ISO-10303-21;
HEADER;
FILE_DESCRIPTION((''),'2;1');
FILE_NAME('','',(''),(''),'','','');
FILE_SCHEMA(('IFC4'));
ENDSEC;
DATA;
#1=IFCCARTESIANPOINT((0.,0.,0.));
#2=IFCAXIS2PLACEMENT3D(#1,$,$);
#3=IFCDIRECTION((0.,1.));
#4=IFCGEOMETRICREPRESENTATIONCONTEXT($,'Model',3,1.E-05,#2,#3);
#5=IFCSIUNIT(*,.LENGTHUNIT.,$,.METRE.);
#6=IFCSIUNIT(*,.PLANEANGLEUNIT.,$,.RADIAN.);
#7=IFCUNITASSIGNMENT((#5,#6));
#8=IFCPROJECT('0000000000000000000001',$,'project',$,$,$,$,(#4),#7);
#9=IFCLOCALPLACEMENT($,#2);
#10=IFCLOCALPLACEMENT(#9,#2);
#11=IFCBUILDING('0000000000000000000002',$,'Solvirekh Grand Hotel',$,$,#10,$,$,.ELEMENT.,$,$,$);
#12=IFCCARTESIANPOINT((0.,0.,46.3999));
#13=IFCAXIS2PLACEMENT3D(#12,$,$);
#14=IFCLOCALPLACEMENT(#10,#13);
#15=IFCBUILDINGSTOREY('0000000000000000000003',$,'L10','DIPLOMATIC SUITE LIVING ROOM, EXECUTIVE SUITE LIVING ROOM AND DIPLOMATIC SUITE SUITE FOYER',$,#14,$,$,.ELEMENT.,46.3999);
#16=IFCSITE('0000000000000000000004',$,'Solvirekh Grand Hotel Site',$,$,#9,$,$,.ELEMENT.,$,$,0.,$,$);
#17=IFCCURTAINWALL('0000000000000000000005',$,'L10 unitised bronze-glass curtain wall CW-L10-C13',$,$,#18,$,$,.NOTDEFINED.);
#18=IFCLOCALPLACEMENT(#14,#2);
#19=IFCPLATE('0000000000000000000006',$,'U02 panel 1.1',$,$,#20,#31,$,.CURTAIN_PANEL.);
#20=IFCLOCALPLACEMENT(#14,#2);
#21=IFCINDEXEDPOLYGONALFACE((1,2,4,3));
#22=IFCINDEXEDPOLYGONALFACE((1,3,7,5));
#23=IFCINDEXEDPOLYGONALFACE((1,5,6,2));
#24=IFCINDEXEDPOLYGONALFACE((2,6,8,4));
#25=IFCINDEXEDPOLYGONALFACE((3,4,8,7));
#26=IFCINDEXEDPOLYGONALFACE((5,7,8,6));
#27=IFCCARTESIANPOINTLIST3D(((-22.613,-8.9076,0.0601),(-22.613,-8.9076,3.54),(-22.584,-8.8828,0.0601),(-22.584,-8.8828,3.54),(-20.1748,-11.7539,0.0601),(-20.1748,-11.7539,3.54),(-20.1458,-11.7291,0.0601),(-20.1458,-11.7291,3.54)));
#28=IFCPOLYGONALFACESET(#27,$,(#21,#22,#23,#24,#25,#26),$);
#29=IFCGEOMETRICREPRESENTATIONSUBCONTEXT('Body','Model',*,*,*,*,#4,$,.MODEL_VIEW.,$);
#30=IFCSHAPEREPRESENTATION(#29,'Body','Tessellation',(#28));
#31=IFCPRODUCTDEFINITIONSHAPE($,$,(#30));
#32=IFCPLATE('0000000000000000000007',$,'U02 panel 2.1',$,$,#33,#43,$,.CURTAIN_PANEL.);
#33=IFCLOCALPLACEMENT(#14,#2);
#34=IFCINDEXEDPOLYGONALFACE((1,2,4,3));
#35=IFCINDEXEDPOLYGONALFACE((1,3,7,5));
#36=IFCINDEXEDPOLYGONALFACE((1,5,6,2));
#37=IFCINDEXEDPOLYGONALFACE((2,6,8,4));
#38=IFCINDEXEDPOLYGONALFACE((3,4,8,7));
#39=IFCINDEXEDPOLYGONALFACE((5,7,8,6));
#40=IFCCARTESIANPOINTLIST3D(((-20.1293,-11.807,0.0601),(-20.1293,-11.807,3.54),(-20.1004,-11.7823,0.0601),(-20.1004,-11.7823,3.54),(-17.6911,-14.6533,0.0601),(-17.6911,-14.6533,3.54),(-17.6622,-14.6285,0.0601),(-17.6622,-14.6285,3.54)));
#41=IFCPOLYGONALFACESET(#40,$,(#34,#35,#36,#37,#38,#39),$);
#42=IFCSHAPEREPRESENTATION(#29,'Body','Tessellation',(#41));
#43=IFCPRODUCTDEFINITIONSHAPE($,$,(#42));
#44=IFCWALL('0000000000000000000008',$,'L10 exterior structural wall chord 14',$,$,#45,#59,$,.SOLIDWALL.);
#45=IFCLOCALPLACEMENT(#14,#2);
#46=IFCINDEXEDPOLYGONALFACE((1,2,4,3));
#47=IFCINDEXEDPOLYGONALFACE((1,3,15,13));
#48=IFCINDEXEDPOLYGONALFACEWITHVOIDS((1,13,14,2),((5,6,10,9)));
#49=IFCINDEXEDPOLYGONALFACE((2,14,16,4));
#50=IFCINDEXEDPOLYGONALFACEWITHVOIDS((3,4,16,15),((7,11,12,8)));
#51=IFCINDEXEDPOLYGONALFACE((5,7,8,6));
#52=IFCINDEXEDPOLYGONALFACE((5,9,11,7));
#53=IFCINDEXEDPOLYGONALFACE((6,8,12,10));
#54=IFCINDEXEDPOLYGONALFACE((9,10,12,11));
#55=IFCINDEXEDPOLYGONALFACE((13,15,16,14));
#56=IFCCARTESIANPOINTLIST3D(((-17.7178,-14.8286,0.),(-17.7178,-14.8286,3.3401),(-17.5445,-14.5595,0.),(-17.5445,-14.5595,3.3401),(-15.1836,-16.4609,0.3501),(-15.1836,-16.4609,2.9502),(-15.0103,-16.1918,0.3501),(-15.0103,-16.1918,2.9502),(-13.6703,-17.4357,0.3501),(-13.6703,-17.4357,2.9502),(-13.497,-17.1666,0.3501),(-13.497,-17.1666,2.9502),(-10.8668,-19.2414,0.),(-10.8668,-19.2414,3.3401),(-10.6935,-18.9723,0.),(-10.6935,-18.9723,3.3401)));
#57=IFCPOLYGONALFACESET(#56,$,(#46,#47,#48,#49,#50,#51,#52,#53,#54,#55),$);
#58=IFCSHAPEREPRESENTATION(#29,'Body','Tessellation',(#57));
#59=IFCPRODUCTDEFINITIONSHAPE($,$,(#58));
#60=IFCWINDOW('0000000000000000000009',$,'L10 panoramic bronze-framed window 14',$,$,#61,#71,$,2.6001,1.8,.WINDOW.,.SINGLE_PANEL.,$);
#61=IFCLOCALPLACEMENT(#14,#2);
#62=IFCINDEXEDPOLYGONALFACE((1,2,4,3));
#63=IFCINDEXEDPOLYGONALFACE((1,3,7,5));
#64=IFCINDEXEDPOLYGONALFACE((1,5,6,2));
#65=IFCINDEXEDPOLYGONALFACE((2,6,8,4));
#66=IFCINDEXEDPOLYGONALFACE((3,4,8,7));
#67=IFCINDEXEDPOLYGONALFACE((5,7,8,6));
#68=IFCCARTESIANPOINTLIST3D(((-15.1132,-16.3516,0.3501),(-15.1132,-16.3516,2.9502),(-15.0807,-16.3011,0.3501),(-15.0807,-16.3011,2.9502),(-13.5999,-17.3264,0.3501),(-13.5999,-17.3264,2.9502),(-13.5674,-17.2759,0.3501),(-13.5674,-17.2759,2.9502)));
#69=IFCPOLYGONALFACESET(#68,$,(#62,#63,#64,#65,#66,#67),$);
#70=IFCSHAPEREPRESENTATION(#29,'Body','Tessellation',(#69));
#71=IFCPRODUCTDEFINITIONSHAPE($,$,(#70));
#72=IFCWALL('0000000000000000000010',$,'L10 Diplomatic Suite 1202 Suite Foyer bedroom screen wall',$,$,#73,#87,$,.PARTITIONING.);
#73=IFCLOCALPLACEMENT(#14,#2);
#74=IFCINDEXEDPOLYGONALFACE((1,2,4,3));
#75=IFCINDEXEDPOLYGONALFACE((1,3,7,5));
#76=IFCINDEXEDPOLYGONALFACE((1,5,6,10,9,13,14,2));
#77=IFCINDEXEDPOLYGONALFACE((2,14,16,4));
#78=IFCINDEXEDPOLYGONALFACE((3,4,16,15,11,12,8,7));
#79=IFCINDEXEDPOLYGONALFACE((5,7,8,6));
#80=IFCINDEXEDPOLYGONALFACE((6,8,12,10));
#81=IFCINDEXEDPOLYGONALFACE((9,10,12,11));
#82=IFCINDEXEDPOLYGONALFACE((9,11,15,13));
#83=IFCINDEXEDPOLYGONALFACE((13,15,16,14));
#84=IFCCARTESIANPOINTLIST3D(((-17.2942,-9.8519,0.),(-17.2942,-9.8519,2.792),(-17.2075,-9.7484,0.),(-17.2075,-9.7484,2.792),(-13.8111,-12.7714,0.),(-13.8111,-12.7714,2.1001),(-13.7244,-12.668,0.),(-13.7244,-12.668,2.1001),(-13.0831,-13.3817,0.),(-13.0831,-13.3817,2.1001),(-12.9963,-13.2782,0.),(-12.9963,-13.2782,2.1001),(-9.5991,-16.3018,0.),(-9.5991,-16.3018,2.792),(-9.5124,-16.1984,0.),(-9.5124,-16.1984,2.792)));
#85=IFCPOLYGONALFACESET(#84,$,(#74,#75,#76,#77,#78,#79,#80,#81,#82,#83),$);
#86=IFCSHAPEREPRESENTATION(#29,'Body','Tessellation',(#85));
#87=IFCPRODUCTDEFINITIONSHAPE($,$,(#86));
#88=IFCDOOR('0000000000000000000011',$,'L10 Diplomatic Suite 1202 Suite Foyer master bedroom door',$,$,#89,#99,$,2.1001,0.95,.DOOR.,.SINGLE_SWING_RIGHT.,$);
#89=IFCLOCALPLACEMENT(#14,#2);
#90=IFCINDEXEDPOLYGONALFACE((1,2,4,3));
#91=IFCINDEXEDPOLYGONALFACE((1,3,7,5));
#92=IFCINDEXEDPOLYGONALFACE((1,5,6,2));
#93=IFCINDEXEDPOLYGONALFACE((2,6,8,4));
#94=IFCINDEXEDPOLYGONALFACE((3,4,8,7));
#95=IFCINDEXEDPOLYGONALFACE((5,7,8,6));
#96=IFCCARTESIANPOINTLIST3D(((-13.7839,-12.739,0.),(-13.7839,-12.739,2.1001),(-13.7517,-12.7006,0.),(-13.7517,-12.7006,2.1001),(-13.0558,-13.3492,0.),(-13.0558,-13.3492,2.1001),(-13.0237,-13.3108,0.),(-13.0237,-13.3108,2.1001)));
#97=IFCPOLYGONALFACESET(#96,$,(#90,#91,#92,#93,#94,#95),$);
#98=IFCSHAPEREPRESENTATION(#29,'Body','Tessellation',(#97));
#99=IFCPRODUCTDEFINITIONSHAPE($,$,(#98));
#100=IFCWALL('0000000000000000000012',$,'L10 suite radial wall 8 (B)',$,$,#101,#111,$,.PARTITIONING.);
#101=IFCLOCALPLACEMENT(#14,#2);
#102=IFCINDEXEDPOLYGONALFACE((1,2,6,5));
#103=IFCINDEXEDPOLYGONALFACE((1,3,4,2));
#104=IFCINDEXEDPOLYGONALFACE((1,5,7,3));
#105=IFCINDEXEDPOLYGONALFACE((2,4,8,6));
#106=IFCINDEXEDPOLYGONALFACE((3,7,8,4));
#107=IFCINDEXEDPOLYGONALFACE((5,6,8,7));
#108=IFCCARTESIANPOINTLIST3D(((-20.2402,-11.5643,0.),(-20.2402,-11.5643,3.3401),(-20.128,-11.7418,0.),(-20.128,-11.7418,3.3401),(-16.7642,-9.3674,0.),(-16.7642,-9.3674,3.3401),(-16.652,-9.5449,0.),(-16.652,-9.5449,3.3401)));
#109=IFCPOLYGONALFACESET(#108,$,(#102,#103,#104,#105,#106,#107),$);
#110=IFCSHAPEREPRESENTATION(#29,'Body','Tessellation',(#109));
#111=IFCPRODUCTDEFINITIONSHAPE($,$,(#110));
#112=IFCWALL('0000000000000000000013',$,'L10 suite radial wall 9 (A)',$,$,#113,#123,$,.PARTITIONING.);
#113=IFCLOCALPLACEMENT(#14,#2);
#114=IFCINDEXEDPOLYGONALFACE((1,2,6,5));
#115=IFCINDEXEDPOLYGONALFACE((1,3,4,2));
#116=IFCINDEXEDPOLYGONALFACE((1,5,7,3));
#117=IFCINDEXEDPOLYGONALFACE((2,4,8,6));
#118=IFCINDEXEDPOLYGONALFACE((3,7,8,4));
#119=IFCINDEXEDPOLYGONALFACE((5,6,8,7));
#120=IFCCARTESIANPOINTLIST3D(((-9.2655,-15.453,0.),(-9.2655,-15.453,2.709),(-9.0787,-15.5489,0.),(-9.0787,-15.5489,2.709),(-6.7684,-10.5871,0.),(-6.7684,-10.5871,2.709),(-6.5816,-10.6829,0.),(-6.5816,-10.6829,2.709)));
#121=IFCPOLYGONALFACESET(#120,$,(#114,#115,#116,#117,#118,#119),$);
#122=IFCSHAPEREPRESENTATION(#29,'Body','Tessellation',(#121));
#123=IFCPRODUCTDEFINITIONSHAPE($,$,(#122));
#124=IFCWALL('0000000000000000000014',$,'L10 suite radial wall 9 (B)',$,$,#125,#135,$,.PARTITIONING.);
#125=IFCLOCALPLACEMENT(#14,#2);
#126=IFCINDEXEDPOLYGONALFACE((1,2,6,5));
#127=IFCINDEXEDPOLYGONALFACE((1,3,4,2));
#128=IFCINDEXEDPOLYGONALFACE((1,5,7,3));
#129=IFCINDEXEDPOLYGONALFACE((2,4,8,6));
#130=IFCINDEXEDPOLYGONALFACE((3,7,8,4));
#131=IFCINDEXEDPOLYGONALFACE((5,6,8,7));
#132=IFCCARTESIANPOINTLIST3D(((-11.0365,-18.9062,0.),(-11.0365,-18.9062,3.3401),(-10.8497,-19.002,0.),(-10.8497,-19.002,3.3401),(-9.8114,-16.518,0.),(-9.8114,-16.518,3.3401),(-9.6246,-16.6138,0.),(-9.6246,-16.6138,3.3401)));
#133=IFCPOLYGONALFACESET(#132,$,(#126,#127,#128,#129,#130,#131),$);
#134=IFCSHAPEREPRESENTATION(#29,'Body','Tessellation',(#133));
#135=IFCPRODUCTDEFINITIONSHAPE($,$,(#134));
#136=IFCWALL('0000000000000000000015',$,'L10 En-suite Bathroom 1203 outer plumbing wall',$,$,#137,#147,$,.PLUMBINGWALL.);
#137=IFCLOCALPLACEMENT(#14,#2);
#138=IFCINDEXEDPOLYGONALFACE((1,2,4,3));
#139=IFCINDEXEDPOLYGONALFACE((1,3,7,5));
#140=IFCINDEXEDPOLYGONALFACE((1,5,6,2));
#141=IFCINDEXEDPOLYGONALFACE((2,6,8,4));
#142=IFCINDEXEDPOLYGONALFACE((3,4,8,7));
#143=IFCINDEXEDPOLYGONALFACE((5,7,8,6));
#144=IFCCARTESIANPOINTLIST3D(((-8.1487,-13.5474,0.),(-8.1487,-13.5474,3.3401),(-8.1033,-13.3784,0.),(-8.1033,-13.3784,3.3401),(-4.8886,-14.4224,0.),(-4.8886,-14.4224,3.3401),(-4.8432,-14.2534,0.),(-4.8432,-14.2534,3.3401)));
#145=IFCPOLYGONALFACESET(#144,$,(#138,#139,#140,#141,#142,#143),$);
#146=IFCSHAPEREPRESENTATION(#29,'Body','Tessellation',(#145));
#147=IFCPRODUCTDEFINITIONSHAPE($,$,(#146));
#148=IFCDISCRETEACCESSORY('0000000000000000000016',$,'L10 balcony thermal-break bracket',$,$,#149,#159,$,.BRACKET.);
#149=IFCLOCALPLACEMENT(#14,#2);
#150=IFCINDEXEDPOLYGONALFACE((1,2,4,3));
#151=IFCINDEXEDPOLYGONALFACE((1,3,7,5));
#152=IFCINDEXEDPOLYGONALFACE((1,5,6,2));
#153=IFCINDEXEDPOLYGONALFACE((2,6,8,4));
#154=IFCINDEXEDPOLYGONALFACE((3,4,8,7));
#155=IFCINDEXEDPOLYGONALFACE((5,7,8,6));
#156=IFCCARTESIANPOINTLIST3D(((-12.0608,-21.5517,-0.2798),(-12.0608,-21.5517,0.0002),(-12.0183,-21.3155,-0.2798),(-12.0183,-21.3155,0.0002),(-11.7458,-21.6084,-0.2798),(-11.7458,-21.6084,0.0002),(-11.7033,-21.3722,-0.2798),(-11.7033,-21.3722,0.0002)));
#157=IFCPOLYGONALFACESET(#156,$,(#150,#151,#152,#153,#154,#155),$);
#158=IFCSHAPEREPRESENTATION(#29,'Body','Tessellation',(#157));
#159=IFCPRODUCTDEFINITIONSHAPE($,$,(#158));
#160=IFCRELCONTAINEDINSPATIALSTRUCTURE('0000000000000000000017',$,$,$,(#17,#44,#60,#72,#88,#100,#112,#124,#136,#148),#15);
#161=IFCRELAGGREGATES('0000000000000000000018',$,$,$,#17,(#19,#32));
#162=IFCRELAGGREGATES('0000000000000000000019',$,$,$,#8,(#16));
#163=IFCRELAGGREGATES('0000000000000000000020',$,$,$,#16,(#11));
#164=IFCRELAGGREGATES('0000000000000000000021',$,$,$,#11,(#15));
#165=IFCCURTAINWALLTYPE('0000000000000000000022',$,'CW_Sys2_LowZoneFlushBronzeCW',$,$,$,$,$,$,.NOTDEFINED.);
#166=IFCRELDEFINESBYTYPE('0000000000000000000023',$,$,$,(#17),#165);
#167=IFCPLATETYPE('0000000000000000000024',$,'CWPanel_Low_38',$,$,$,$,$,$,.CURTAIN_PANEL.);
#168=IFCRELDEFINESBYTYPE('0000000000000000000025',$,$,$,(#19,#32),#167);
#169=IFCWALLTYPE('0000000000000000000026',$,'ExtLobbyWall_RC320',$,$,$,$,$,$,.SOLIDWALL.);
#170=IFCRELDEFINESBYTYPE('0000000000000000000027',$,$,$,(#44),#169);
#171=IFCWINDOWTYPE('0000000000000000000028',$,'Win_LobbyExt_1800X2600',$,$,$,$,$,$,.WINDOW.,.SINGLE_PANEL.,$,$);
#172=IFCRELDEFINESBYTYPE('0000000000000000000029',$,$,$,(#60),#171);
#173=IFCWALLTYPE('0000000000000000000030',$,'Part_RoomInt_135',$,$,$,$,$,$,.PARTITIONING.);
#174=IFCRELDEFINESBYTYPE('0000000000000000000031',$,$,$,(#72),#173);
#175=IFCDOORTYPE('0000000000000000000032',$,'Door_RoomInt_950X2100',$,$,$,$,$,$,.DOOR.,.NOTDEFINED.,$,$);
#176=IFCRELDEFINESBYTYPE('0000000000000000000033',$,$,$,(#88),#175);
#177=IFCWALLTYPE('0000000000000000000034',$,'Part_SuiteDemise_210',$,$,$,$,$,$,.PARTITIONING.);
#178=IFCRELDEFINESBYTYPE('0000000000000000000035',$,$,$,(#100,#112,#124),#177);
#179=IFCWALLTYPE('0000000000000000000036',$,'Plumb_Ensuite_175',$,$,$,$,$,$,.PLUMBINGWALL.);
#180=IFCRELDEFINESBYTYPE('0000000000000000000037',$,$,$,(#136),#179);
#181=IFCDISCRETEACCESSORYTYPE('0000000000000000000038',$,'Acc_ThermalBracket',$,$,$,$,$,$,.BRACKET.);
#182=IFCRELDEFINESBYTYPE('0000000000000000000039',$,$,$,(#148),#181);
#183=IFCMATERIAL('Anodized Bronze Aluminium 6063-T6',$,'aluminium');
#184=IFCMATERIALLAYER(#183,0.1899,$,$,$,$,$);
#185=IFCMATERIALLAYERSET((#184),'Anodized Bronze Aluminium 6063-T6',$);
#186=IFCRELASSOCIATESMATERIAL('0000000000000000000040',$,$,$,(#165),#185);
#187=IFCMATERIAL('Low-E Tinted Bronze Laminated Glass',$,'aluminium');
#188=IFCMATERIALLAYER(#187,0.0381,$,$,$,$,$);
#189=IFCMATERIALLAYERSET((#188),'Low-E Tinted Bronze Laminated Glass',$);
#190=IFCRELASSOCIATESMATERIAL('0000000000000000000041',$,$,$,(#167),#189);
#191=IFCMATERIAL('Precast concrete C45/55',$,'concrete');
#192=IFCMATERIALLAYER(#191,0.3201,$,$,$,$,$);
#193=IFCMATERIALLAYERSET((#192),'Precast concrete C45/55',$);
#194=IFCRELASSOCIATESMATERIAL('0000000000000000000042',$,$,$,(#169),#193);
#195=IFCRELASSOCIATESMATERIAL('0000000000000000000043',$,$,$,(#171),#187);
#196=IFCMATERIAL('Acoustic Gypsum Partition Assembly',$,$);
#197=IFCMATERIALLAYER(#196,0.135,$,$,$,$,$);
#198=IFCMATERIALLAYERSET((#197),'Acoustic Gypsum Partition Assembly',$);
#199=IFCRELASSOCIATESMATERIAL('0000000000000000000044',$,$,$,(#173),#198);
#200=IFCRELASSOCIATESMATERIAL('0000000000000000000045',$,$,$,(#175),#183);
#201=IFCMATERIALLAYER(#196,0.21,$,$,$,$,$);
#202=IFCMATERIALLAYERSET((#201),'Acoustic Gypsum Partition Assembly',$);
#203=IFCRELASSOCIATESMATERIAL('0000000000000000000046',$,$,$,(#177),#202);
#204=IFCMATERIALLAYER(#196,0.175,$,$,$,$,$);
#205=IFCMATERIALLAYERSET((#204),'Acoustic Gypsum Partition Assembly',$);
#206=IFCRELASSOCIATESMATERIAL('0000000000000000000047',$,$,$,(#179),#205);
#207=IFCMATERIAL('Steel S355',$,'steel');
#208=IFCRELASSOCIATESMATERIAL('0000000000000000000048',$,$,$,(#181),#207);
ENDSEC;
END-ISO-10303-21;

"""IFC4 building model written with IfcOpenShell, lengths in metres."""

from ifc_helpers import new_model, si_unit, direction, frame, frame_2d, origin, origin_2d, place, context, subcontext, project, spatial, rectangle, extrude, source, transform, mapped, material, layer, layer_set, type_object, element, fill, aggregate, save


model = new_model("IFC4")

# Units and contexts
model_context = context("Model", 3, precision=1e-05, world=origin(), true_north=direction((0.0, 1.0)))
body_context = subcontext(model_context, "Body", "Model", "MODEL_VIEW")
ifc_project = project(units=[si_unit("LENGTHUNIT", "METRE"), si_unit("PLANEANGLEUNIT", "RADIAN")], contexts=[model_context])

# Site, building, storey
site_placement = place(None, origin())
site = spatial("IfcSite", under=ifc_project, at=site_placement, Name="Solvirekh Grand Hotel Site", CompositionType="ELEMENT", RefElevation=0.0)
building_placement = place(site_placement, origin())
building = spatial("IfcBuilding", under=site, at=building_placement, Name="Solvirekh Grand Hotel", CompositionType="ELEMENT")
storey_placement = place(building_placement, frame((0.0, 0.0, 46.3999)))
storey = spatial("IfcBuildingStorey", under=building, at=storey_placement, Name="L10", Description="DIPLOMATIC SUITE LIVING ROOM, EXECUTIVE SUITE LIVING ROOM AND DIPLOMATIC SUITE SUITE FOYER", CompositionType="ELEMENT", Elevation=46.3999)

# Shared definitions
ifc_material_1 = material(Name="Steel S355", Category="steel")

# Curtain wall, plates
ifc_material_2 = material(Name="Anodized Bronze Aluminium 6063-T6", Category="aluminium")
ifc_layer_1 = layer(ifc_material_2, 0.1899)
ifc_layer_set_1 = layer_set([ifc_layer_1], Name="Anodized Bronze Aluminium 6063-T6")
curtain_wall_type = type_object("IfcCurtainWallType", Name="CW_Sys2_LowZoneFlushBronzeCW", PredefinedType="NOTDEFINED", material=ifc_layer_set_1)
curtain_wall_placement = place(storey_placement, origin())
curtain_wall = element("IfcCurtainWall", 1, at=curtain_wall_placement, inside=storey, type_object=curtain_wall_type, Name="L10 unitised bronze-glass curtain wall CW-L10-C13", PredefinedType="NOTDEFINED")
ifc_material_3 = material(Name="Low-E Tinted Bronze Laminated Glass", Category="aluminium")
ifc_layer_2 = layer(ifc_material_3, 0.0381)
ifc_layer_set_2 = layer_set([ifc_layer_2], Name="Low-E Tinted Bronze Laminated Glass")
plate_type = type_object("IfcPlateType", Name="CWPanel_Low_38", PredefinedType="CURTAIN_PANEL", material=ifc_layer_set_2)
shared_shape_1 = source(origin(), body_context, "Body", "SweptSolid", [
    extrude(rectangle(XDim=3.7478, YDim=0.0381, at=origin_2d()), origin(), (0.0, 0.0, 1.0), 3.48),
])
plate_1_placement = place(storey_placement, frame((-21.3794, -10.3184, 0.0601), z_axis=(0.0, 0.0, 1.0), x_axis=(0.650567, -0.759449, 0.0)))
plate_1 = element("IfcPlate", 2, at=plate_1_placement, type_object=plate_type, Name="U02 panel 1.1", PredefinedType="CURTAIN_PANEL", context=body_context, shape_type="MappedRepresentation", body=[
    mapped(shared_shape_1, transform((0.0, 0.0, 0.0), x_axis=(1.0, 0.0, 0.0), y_axis=(0.0, 1.0, 0.0), z_axis=(0.0, 0.0, 1.0), scale=1.0)),
])
plate_2_placement = place(storey_placement, frame((-18.8958, -13.2178, 0.0601), z_axis=(0.0, 0.0, 1.0), x_axis=(0.650567, -0.759449, 0.0)))
plate_2 = element("IfcPlate", 3, at=plate_2_placement, type_object=plate_type, Name="U02 panel 2.1", PredefinedType="CURTAIN_PANEL", context=body_context, shape_type="MappedRepresentation", body=[
    mapped(shared_shape_1, transform((0.0, 0.0, 0.0), x_axis=(1.0, 0.0, 0.0), y_axis=(0.0, 1.0, 0.0), z_axis=(0.0, 0.0, 1.0), scale=1.0)),
])
aggregate(curtain_wall, [plate_1, plate_2])

# Wall, opening, window
ifc_material_4 = material(Name="Precast concrete C45/55", Category="concrete")
ifc_layer_3 = layer(ifc_material_4, 0.3201)
ifc_layer_set_3 = layer_set([ifc_layer_3], Name="Precast concrete C45/55")
wall_type_1 = type_object("IfcWallType", Name="ExtLobbyWall_RC320", PredefinedType="SOLIDWALL", material=ifc_layer_set_3)
wall_1_placement = place(storey_placement, frame((-10.78, -19.1069, 0.0), z_axis=(0.0, 0.0, 1.0), x_axis=(-0.840699, 0.541502, 0.0)))
wall_1 = element("IfcWall", 4, at=wall_1_placement, inside=storey, type_object=wall_type_1, Name="L10 exterior structural wall chord 14", PredefinedType="SOLIDWALL", context=body_context, shape_type="SweptSolid", body=[
    extrude(rectangle(XDim=8.1492, YDim=0.3201, at=frame_2d((4.0747, 0.0))), origin(), (0.0, 0.0, 1.0), 3.3401),
])
opening_1_placement = place(wall_1_placement, frame((3.335, 0.0, 0.3501)))
opening_1 = element("IfcOpeningElement", 5, at=opening_1_placement, cuts=wall_1, PredefinedType="OPENING", context=body_context, shape_type="SweptSolid", body=[
    extrude(rectangle(XDim=1.8, YDim=2.6001, at=frame_2d((0.8999, 1.3))), frame((0.0, 0.1699, 0.0), z_axis=(0.0, -1.0, 0.0), x_axis=(1.0, 0.0, 0.0)), (0.0, 0.0, 1.0), 0.3401),
])
window_type = type_object("IfcWindowType", Name="Win_LobbyExt_1800X2600", PartitioningType="SINGLE_PANEL", PredefinedType="WINDOW", material=ifc_material_3)
window_placement = place(opening_1_placement, origin())
window = element("IfcWindow", 6, at=window_placement, inside=storey, type_object=window_type, Name="L10 panoramic bronze-framed window 14", OverallHeight=2.6001, OverallWidth=1.8, PartitioningType="SINGLE_PANEL", PredefinedType="WINDOW", context=body_context, shape_type="SweptSolid", body=[
    extrude(rectangle(XDim=1.8, YDim=2.6001, at=frame_2d((0.8999, 1.3))), frame((0.0, 0.03, 0.0), z_axis=(0.0, -1.0, 0.0), x_axis=(1.0, 0.0, 0.0)), (0.0, 0.0, 1.0), 0.0601),
])
fill(opening_1, window)

# Wall, opening, door
ifc_material_5 = material(Name="Acoustic Gypsum Partition Assembly")
ifc_layer_4 = layer(ifc_material_5, 0.135)
ifc_layer_set_4 = layer_set([ifc_layer_4], Name="Acoustic Gypsum Partition Assembly")
wall_type_2 = type_object("IfcWallType", Name="Part_RoomInt_135", PredefinedType="PARTITIONING", material=ifc_layer_set_4)
wall_2_placement = place(storey_placement, frame((-17.251, -9.8, 0.0), z_axis=(0.0, 0.0, 1.0), x_axis=(0.766387, -0.64238, 0.0)))
wall_2 = element("IfcWall", 7, at=wall_2_placement, inside=storey, type_object=wall_type_2, Name="L10 Diplomatic Suite 1202 Suite Foyer bedroom screen wall", PredefinedType="PARTITIONING", context=body_context, shape_type="SweptSolid", body=[
    extrude(rectangle(XDim=10.0408, YDim=0.135, at=frame_2d((5.0205, 0.0))), origin(), (0.0, 0.0, 1.0), 2.792),
])
opening_2_placement = place(wall_2_placement, frame((4.5449, 0.0, 0.0)))
opening_2 = element("IfcOpeningElement", 8, at=opening_2_placement, cuts=wall_2, PredefinedType="OPENING", context=body_context, shape_type="SweptSolid", body=[
    extrude(rectangle(XDim=0.95, YDim=2.1001, at=frame_2d((0.4751, 1.05))), frame((0.0, 0.0776, 0.0), z_axis=(0.0, -1.0, 0.0), x_axis=(1.0, 0.0, 0.0)), (0.0, 0.0, 1.0), 0.155),
])
door_type = type_object("IfcDoorType", Name="Door_RoomInt_950X2100", OperationType="NOTDEFINED", PredefinedType="DOOR", material=ifc_material_2)
door_placement = place(opening_2_placement, origin())
door = element("IfcDoor", 9, at=door_placement, inside=storey, type_object=door_type, Name="L10 Diplomatic Suite 1202 Suite Foyer master bedroom door", OperationType="SINGLE_SWING_RIGHT", OverallHeight=2.1001, OverallWidth=0.95, PredefinedType="DOOR", context=body_context, shape_type="SweptSolid", body=[
    extrude(rectangle(XDim=0.95, YDim=2.1001, at=frame_2d((0.4751, 1.05))), frame((0.0, 0.0249, 0.0), z_axis=(0.0, -1.0, 0.0), x_axis=(1.0, 0.0, 0.0)), (0.0, 0.0, 1.0), 0.05),
])
fill(opening_2, door)

# Walls
ifc_layer_5 = layer(ifc_material_5, 0.21)
ifc_layer_set_5 = layer_set([ifc_layer_5], Name="Acoustic Gypsum Partition Assembly")
wall_type_3 = type_object("IfcWallType", Name="Part_SuiteDemise_210", PredefinedType="PARTITIONING", material=ifc_layer_set_5)
wall_3_placement = place(storey_placement, frame((-16.708, -9.4561, 0.0), z_axis=(0.0, 0.0, 1.0), x_axis=(-0.845313, -0.534272, 0.0)))
element("IfcWall", 10, at=wall_3_placement, inside=storey, type_object=wall_type_3, Name="L10 suite radial wall 8 (B)", PredefinedType="PARTITIONING", context=body_context, shape_type="SweptSolid", body=[
    extrude(rectangle(XDim=4.1121, YDim=0.21, at=frame_2d((2.0562, 0.0))), origin(), (0.0, 0.0, 1.0), 3.3401),
])
wall_4_placement = place(storey_placement, frame((-6.675, -10.635, 0.0), z_axis=(0.0, 0.0, 1.0), x_axis=(-0.456563, -0.889691, 0.0)))
element("IfcWall", 11, at=wall_4_placement, inside=storey, type_object=wall_type_3, Name="L10 suite radial wall 9 (A)", PredefinedType="PARTITIONING", context=body_context, shape_type="SweptSolid", body=[
    extrude(rectangle(XDim=5.4692, YDim=0.21, at=frame_2d((2.7346, 0.0))), origin(), (0.0, 0.0, 1.0), 2.709),
])
wall_5_placement = place(storey_placement, frame((-9.718, -16.5659, 0.0), z_axis=(0.0, 0.0, 1.0), x_axis=(-0.456431, -0.889759, 0.0)))
element("IfcWall", 12, at=wall_5_placement, inside=storey, type_object=wall_type_3, Name="L10 suite radial wall 9 (B)", PredefinedType="PARTITIONING", context=body_context, shape_type="SweptSolid", body=[
    extrude(rectangle(XDim=2.6841, YDim=0.21, at=frame_2d((1.342, 0.0))), origin(), (0.0, 0.0, 1.0), 3.3401),
])
ifc_layer_6 = layer(ifc_material_5, 0.175)
ifc_layer_set_6 = layer_set([ifc_layer_6], Name="Acoustic Gypsum Partition Assembly")
wall_type_4 = type_object("IfcWallType", Name="Plumb_Ensuite_175", PredefinedType="PLUMBINGWALL", material=ifc_layer_set_6)
wall_6_placement = place(storey_placement, frame((-8.126, -13.4629, 0.0), z_axis=(0.0, 0.0, 1.0), x_axis=(0.965816, -0.259229, 0.0)))
element("IfcWall", 13, at=wall_6_placement, inside=storey, type_object=wall_type_4, Name="L10 En-suite Bathroom 1203 outer plumbing wall", PredefinedType="PLUMBINGWALL", context=body_context, shape_type="SweptSolid", body=[
    extrude(rectangle(XDim=3.3755, YDim=0.175, at=frame_2d((1.6877, 0.0))), origin(), (0.0, 0.0, 1.0), 3.3401),
])

# Discrete accessory
discrete_accessory_type = type_object("IfcDiscreteAccessoryType", Name="Acc_ThermalBracket", PredefinedType="BRACKET", material=ifc_material_1)
discrete_accessory_placement = place(storey_placement, frame((-11.8821, -21.4619, -0.2798), z_axis=(0.0, 0.0, 1.0), x_axis=(0.984196, -0.177085, 0.0)))
element("IfcDiscreteAccessory", 14, at=discrete_accessory_placement, inside=storey, type_object=discrete_accessory_type, Name="L10 balcony thermal-break bracket", PredefinedType="BRACKET", context=body_context, shape_type="SweptSolid", body=[
    extrude(rectangle(XDim=0.3201, YDim=0.24, at=origin_2d()), origin(), (0.0, 0.0, 1.0), 0.28),
])

save(model, "model.ifc")
